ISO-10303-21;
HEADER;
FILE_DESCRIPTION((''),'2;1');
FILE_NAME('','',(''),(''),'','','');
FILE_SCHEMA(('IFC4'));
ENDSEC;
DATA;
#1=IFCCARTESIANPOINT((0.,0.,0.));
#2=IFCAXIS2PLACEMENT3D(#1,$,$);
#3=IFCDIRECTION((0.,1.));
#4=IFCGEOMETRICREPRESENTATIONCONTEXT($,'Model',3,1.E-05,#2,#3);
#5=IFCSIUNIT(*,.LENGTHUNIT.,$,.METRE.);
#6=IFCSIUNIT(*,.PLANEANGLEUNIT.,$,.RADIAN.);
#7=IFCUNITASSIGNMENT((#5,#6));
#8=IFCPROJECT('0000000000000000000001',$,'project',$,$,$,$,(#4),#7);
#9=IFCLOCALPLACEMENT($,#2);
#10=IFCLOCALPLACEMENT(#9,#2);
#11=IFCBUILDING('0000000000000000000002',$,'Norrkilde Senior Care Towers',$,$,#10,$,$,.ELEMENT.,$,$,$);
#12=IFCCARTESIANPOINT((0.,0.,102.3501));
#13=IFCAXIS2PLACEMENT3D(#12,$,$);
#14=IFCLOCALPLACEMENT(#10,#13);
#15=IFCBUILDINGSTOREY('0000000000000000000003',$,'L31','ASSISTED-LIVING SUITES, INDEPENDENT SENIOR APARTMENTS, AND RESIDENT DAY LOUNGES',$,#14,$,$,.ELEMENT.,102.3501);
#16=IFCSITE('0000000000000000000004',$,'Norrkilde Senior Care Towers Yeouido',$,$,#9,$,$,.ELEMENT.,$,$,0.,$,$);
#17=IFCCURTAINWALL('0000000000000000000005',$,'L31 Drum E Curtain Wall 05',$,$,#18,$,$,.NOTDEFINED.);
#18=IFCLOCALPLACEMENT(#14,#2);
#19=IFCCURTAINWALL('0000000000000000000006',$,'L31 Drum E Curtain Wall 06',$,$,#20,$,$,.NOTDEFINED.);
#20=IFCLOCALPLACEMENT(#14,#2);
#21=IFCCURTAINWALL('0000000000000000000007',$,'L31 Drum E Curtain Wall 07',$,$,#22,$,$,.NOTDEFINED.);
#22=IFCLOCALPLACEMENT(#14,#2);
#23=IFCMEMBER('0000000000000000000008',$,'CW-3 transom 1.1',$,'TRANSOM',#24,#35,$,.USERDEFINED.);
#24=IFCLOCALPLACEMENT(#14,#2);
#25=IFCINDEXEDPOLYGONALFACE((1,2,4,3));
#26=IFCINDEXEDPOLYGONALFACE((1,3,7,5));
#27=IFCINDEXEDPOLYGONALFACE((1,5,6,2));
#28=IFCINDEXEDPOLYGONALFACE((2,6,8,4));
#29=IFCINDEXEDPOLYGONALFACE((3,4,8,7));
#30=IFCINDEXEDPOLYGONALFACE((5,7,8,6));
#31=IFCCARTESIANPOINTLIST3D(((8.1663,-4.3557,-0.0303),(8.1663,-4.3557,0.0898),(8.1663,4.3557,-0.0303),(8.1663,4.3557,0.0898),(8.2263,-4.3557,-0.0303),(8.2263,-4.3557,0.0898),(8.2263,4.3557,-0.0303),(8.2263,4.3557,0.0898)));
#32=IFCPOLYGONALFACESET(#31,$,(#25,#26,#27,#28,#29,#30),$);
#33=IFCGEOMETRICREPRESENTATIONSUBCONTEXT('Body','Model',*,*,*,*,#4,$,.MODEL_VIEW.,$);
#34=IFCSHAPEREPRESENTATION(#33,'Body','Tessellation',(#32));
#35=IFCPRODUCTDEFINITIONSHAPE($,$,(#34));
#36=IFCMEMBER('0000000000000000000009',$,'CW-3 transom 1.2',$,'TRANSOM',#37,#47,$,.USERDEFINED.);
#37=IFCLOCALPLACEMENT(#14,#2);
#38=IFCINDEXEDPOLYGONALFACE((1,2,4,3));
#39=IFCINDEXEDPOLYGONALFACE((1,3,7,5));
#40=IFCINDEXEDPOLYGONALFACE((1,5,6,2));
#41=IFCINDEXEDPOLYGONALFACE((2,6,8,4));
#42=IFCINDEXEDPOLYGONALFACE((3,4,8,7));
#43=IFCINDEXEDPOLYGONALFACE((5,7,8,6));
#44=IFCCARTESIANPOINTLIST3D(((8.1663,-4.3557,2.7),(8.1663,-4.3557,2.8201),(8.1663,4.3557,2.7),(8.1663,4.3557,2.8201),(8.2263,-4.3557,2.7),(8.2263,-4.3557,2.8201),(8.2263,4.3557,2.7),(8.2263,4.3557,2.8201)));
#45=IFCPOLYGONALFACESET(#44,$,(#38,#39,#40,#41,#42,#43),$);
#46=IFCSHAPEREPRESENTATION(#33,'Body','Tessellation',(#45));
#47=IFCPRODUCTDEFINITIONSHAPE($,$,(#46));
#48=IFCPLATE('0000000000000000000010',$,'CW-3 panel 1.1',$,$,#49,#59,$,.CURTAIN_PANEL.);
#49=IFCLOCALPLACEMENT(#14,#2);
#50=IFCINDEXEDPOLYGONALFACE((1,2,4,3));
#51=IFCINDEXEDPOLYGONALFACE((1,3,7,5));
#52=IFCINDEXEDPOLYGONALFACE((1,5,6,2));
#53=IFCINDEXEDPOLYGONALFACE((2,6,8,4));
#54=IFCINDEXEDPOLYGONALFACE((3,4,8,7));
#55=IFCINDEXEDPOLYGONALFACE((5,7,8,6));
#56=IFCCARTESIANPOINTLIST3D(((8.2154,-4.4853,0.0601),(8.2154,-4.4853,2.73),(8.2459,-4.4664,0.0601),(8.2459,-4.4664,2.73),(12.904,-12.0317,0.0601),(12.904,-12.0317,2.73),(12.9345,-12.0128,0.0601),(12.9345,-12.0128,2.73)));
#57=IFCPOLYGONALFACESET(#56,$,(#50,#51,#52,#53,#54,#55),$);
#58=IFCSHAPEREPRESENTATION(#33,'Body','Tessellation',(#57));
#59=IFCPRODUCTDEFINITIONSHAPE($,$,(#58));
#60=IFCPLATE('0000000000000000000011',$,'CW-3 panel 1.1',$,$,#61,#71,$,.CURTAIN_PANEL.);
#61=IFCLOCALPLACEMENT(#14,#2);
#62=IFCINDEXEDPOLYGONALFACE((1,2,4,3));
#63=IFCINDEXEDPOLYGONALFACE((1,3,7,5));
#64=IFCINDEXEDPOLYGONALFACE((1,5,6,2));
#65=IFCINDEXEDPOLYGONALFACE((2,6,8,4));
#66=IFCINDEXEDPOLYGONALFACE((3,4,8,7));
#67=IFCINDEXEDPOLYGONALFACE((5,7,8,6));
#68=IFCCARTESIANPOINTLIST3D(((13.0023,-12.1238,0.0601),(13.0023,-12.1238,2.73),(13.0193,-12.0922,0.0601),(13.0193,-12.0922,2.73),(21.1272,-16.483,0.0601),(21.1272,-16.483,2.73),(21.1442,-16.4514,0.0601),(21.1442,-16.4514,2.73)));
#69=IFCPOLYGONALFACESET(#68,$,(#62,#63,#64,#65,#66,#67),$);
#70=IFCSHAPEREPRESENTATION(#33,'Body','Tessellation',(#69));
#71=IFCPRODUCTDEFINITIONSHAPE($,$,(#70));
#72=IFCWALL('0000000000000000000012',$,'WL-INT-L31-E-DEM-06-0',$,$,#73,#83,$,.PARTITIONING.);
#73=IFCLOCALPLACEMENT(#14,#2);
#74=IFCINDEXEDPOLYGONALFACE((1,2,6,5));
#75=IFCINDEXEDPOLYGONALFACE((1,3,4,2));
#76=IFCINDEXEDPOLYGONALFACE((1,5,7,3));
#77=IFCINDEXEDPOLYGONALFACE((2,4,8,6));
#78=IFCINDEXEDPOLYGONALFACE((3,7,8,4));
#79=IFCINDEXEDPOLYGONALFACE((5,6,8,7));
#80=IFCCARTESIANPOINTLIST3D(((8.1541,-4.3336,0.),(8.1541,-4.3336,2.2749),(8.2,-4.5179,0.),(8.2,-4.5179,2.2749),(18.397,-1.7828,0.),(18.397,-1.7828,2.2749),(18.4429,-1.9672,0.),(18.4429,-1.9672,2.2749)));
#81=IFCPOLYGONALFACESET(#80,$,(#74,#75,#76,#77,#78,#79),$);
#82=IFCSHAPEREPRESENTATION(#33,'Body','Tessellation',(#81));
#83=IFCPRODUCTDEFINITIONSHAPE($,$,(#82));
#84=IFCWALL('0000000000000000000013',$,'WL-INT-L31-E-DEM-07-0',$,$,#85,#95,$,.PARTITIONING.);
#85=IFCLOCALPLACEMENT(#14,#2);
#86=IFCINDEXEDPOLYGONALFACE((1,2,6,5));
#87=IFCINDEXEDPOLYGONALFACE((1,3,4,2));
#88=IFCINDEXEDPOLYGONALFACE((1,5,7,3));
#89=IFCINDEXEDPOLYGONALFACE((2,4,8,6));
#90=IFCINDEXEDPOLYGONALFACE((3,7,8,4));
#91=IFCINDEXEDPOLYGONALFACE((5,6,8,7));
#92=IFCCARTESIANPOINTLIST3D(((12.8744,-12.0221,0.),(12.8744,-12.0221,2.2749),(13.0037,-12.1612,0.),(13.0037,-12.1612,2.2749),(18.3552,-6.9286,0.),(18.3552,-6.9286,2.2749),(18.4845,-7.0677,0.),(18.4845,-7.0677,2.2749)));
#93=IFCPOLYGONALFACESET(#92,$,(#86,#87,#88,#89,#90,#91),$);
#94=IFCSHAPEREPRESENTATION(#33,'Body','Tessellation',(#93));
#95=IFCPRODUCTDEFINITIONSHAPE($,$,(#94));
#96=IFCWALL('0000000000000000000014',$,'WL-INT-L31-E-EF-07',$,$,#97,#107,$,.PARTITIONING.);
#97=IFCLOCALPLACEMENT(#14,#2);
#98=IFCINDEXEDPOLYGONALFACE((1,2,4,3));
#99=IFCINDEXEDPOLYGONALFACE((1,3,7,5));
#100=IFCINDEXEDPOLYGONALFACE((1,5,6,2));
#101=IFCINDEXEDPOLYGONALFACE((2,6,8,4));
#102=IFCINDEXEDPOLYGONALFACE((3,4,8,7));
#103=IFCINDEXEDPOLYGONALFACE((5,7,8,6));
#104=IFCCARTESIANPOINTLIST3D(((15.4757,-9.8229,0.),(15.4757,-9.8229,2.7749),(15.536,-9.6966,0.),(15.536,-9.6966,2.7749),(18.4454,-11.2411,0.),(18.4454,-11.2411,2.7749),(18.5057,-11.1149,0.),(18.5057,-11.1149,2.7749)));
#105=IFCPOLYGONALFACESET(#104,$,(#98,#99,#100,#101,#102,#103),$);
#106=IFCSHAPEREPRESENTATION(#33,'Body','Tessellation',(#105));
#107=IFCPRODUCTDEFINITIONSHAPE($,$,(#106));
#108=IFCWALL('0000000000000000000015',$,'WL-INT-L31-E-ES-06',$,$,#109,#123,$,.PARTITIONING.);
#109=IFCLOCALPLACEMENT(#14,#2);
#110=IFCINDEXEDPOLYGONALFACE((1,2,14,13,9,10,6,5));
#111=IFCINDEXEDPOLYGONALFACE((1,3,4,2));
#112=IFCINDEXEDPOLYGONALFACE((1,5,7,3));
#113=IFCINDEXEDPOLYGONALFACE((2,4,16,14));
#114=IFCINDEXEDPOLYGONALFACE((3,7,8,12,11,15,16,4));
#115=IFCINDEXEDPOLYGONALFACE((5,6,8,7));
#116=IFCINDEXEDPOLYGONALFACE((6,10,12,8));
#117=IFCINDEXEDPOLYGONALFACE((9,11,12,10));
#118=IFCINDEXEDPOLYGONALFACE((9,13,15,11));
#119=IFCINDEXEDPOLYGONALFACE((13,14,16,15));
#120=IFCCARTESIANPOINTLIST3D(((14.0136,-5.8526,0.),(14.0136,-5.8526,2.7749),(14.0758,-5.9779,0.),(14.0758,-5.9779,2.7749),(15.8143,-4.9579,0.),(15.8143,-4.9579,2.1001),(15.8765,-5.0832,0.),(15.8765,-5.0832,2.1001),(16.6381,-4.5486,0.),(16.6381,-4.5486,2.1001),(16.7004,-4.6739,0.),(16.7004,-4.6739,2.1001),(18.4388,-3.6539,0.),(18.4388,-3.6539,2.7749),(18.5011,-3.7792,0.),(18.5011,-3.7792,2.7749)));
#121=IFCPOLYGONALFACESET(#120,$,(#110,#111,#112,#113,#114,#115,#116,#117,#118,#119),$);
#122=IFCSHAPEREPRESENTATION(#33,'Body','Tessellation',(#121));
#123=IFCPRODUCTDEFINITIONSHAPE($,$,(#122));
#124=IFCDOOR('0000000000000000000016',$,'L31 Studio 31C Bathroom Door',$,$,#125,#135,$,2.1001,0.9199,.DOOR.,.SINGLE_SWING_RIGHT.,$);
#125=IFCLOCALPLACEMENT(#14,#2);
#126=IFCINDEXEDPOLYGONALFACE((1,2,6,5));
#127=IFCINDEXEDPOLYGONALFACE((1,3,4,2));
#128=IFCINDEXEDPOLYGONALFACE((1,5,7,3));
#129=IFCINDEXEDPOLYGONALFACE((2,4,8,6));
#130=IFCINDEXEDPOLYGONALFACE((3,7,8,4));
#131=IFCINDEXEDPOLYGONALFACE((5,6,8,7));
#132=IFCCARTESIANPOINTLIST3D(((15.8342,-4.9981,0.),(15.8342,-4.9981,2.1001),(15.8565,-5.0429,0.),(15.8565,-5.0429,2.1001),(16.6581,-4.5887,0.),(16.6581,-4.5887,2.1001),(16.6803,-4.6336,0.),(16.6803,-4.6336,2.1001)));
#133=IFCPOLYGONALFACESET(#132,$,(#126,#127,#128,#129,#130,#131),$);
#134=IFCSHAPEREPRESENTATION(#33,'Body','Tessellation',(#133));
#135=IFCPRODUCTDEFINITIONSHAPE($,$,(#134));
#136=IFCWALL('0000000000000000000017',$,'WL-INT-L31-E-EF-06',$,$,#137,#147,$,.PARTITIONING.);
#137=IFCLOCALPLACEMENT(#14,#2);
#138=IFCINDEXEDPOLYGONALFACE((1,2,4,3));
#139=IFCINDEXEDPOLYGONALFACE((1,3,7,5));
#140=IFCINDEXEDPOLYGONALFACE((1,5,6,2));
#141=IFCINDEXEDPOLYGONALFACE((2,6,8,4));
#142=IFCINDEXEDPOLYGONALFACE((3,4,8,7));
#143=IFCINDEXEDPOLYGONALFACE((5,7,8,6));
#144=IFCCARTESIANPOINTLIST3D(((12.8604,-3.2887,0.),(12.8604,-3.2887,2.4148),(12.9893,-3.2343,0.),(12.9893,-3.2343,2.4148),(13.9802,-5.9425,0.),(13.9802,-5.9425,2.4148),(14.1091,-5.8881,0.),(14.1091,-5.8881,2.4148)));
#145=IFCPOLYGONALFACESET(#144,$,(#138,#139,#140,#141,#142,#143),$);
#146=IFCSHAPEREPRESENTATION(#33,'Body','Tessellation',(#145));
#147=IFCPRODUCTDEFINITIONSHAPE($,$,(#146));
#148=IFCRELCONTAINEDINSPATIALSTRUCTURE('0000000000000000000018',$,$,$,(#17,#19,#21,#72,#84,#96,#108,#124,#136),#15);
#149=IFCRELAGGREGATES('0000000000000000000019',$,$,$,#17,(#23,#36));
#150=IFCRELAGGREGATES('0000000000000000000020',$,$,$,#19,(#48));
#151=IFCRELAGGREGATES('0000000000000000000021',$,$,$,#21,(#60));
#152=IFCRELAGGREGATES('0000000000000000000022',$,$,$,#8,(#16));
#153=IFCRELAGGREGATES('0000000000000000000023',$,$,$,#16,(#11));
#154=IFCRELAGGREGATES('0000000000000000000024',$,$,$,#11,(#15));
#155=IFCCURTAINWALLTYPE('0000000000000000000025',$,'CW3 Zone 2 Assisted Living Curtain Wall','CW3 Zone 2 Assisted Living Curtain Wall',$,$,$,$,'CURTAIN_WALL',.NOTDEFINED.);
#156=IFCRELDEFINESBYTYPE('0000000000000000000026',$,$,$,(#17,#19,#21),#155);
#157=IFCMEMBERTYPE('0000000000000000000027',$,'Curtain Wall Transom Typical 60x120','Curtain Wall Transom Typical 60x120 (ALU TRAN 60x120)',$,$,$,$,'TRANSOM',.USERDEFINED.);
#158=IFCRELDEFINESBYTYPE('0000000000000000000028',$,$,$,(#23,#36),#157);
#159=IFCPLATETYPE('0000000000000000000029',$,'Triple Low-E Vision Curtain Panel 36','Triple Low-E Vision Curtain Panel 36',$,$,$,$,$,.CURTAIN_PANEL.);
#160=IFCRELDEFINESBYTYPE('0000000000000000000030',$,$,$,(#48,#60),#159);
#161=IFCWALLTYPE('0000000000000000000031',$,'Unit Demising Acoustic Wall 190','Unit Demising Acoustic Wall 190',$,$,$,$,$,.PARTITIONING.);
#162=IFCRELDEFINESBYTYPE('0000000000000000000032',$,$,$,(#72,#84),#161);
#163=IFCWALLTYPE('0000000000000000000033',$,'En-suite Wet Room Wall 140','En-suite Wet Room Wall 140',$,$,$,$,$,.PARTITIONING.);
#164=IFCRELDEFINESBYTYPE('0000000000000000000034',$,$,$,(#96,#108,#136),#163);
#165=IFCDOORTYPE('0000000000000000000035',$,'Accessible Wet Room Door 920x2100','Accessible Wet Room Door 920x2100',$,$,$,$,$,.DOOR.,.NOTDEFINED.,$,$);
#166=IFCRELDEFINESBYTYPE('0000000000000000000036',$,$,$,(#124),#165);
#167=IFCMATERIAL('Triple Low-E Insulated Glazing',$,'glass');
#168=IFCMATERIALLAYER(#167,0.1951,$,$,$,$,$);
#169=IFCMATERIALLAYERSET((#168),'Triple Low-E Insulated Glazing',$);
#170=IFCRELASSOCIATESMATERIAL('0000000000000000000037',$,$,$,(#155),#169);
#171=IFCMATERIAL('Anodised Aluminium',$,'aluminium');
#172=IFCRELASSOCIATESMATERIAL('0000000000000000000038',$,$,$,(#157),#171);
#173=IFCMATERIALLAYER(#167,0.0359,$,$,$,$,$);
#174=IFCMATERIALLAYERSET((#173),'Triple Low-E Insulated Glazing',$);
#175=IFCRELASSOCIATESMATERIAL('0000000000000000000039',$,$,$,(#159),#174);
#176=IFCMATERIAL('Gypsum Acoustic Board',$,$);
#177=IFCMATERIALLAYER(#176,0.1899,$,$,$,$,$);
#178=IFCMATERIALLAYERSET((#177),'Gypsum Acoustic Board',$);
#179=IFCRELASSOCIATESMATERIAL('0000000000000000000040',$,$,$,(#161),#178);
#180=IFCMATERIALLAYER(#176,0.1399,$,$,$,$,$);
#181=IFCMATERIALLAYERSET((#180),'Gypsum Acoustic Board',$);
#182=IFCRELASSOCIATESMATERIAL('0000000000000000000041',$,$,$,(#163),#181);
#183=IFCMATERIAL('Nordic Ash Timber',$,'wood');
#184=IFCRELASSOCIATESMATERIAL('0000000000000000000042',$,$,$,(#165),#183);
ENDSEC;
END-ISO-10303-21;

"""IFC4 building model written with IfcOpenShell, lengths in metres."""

from ifc_helpers import new_model, si_unit, direction, frame, frame_2d, origin, origin_2d, place, context, subcontext, project, spatial, rectangle, extrude, source, transform, mapped, material, layer, layer_set, material_profile, profile_set, type_object, type_shapes, element, fill, aggregate, save


model = new_model("IFC4")

# Units and contexts
model_context = context("Model", 3, precision=1e-05, world=origin(), true_north=direction((0.0, 1.0)))
body_context = subcontext(model_context, "Body", "Model", "MODEL_VIEW")
ifc_project = project(units=[si_unit("LENGTHUNIT", "METRE"), si_unit("PLANEANGLEUNIT", "RADIAN")], contexts=[model_context])

# Site, building, storey
site_placement = place(None, origin())
site = spatial("IfcSite", under=ifc_project, at=site_placement, Name="Norrkilde Senior Care Towers Yeouido", CompositionType="ELEMENT", RefElevation=0.0)
building_placement = place(site_placement, origin())
building = spatial("IfcBuilding", under=site, at=building_placement, Name="Norrkilde Senior Care Towers", CompositionType="ELEMENT")
storey_placement = place(building_placement, frame((0.0, 0.0, 102.3501)))
storey = spatial("IfcBuildingStorey", under=building, at=storey_placement, Name="L31", Description="ASSISTED-LIVING SUITES, INDEPENDENT SENIOR APARTMENTS, AND RESIDENT DAY LOUNGES", CompositionType="ELEMENT", Elevation=102.3501)

# Curtain wall
ifc_material_1 = material(Name="Triple Low-E Insulated Glazing", Category="glass")
ifc_layer_1 = layer(ifc_material_1, 0.1951)
ifc_layer_set_1 = layer_set([ifc_layer_1], Name="Triple Low-E Insulated Glazing")
curtain_wall_type = type_object("IfcCurtainWallType", Name="CW3 Zone 2 Assisted Living Curtain Wall", Description="CW3 Zone 2 Assisted Living Curtain Wall", ElementType="CURTAIN_WALL", PredefinedType="NOTDEFINED", material=ifc_layer_set_1)
curtain_wall_1_placement = place(storey_placement, origin())
curtain_wall_1 = element("IfcCurtainWall", 1, at=curtain_wall_1_placement, inside=storey, type_object=curtain_wall_type, Name="L31 Drum E Curtain Wall 05", PredefinedType="NOTDEFINED")
ifc_material_2 = material(Name="Anodised Aluminium", Category="aluminium")

# Curtain wall
curtain_wall_2_placement = place(storey_placement, origin())
curtain_wall_2 = element("IfcCurtainWall", 2, at=curtain_wall_2_placement, inside=storey, type_object=curtain_wall_type, Name="L31 Drum E Curtain Wall 06", PredefinedType="NOTDEFINED")

# Curtain wall
curtain_wall_3_placement = place(storey_placement, origin())
curtain_wall_3 = element("IfcCurtainWall", 3, at=curtain_wall_3_placement, inside=storey, type_object=curtain_wall_type, Name="L31 Drum E Curtain Wall 07", PredefinedType="NOTDEFINED")

# Members
ifc_material_profile_1 = material_profile(ifc_material_2, rectangle(XDim=0.0601, YDim=0.1201, at=origin_2d()), Name="ALU TRAN 60x120")
ifc_profile_set_1 = profile_set([ifc_material_profile_1], Name="Anodised Aluminium")
member_type_1 = type_object("IfcMemberType", Name="Curtain Wall Transom Typical 60x120", Description="Curtain Wall Transom Typical 60x120 (ALU TRAN 60x120)", ElementType="TRANSOM", PredefinedType="USERDEFINED", material=ifc_profile_set_1)
shared_shape_1 = source(origin(), body_context, "Body", "SweptSolid", [
    extrude(rectangle(XDim=0.0601, YDim=0.1201, at=origin_2d()), origin(), (0.0, 0.0, 1.0), 8.7114),
])
member_1_placement = place(storey_placement, frame((8.1963, -4.3557, 0.0298), z_axis=(0.0, 1.0, 0.0), x_axis=(-1.0, 0.0, 0.0)))
member_1 = element("IfcMember", 4, at=member_1_placement, type_object=member_type_1, Name="CW-3 transom 1.1", ObjectType="TRANSOM", PredefinedType="USERDEFINED", context=body_context, shape_type="MappedRepresentation", body=[
    mapped(shared_shape_1, transform((0.0, 0.0, 0.0), x_axis=(1.0, 0.0, 0.0), y_axis=(0.0, 1.0, 0.0), z_axis=(0.0, 0.0, 1.0), scale=1.0)),
])
member_2_placement = place(storey_placement, frame((8.1963, -4.3557, 2.76), z_axis=(0.0, 1.0, 0.0), x_axis=(-1.0, 0.0, 0.0)))
member_2 = element("IfcMember", 5, at=member_2_placement, type_object=member_type_1, Name="CW-3 transom 1.2", ObjectType="TRANSOM", PredefinedType="USERDEFINED", context=body_context, shape_type="MappedRepresentation", body=[
    mapped(shared_shape_1, transform((0.0, 0.0, 0.0), x_axis=(1.0, 0.0, 0.0), y_axis=(0.0, 1.0, 0.0), z_axis=(0.0, 0.0, 1.0), scale=1.0)),
])
aggregate(curtain_wall_1, [member_1, member_2])

# Plates
ifc_layer_2 = layer(ifc_material_1, 0.0359)
ifc_layer_set_2 = layer_set([ifc_layer_2], Name="Triple Low-E Insulated Glazing")
plate_type = type_object("IfcPlateType", Name="Triple Low-E Vision Curtain Panel 36", Description="Triple Low-E Vision Curtain Panel 36", PredefinedType="CURTAIN_PANEL", material=ifc_layer_set_2)
shared_shape_2 = source(origin(), body_context, "Body", "SweptSolid", [
    extrude(rectangle(XDim=8.8843, YDim=0.0359, at=origin_2d()), origin(), (0.0, 0.0, 1.0), 2.6699),
])
plate_1_placement = place(storey_placement, frame((10.575, -8.249, 0.0601), z_axis=(0.0, 0.0, 1.0), x_axis=(-0.527733, 0.84941, 0.0)))
plate_1 = element("IfcPlate", 6, at=plate_1_placement, type_object=plate_type, Name="CW-3 panel 1.1", PredefinedType="CURTAIN_PANEL", context=body_context, shape_type="MappedRepresentation", body=[
    mapped(shared_shape_2, transform((0.0, 0.0, 0.0), x_axis=(1.0, 0.0, 0.0), y_axis=(0.0, 1.0, 0.0), z_axis=(0.0, 0.0, 1.0), scale=1.0)),
])
aggregate(curtain_wall_2, [plate_1])
shared_shape_3 = source(origin(), body_context, "Body", "SweptSolid", [
    extrude(rectangle(XDim=9.2205, YDim=0.0359, at=origin_2d()), origin(), (0.0, 0.0, 1.0), 2.6699),
])
type_shapes(plate_type, [shared_shape_2, shared_shape_3])
plate_2_placement = place(storey_placement, frame((17.0732, -14.2876, 0.0601), z_axis=(0.0, 0.0, 1.0), x_axis=(-0.881186, 0.472769, 0.0)))
plate_2 = element("IfcPlate", 7, at=plate_2_placement, type_object=plate_type, Name="CW-3 panel 1.1", PredefinedType="CURTAIN_PANEL", context=body_context, shape_type="MappedRepresentation", body=[
    mapped(shared_shape_3, transform((0.0, 0.0, 0.0), x_axis=(1.0, 0.0, 0.0), y_axis=(0.0, 1.0, 0.0), z_axis=(0.0, 0.0, 1.0), scale=1.0)),
])
aggregate(curtain_wall_3, [plate_2])

# Shared definitions
ifc_material_3 = material(Name="Gypsum Acoustic Board")
ifc_material_4 = material(Name="Nordic Ash Timber", Category="wood")

# Walls
ifc_layer_3 = layer(ifc_material_3, 0.1899)
ifc_layer_set_3 = layer_set([ifc_layer_3], Name="Gypsum Acoustic Board")
wall_type_1 = type_object("IfcWallType", Name="Unit Demising Acoustic Wall 190", Description="Unit Demising Acoustic Wall 190", PredefinedType="PARTITIONING", material=ifc_layer_set_3)
shared_shape_4 = source(origin(), body_context, "Body", "SweptSolid", [
    extrude(rectangle(XDim=10.5557, YDim=0.1899, at=frame_2d((5.2778, 0.0))), origin(), (0.0, 0.0, 1.0), 2.2749),
])
wall_1_placement = place(storey_placement, frame((18.4199, -1.875, 0.0), z_axis=(0.0, 0.0, 1.0), x_axis=(-0.970364, -0.241648, 0.0)))
element("IfcWall", 8, at=wall_1_placement, inside=storey, type_object=wall_type_1, Name="WL-INT-L31-E-DEM-06-0", PredefinedType="PARTITIONING", context=body_context, shape_type="MappedRepresentation", body=[
    mapped(shared_shape_4, transform((0.0, 0.0, 0.0), x_axis=(1.0, 0.0, 0.0), y_axis=(0.0, 1.0, 0.0), z_axis=(0.0, 0.0, 1.0), scale=1.0)),
])
shared_shape_5 = source(origin(), body_context, "Body", "SweptSolid", [
    extrude(rectangle(XDim=7.4822, YDim=0.1899, at=frame_2d((3.7412, 0.0))), origin(), (0.0, 0.0, 1.0), 2.2749),
])
type_shapes(wall_type_1, [shared_shape_4, shared_shape_5])
wall_2_placement = place(storey_placement, frame((18.4199, -6.998, 0.0), z_axis=(0.0, 0.0, 1.0), x_axis=(-0.732509, -0.680758, 0.0)))
element("IfcWall", 9, at=wall_2_placement, inside=storey, type_object=wall_type_1, Name="WL-INT-L31-E-DEM-07-0", PredefinedType="PARTITIONING", context=body_context, shape_type="MappedRepresentation", body=[
    mapped(shared_shape_5, transform((0.0, 0.0, 0.0), x_axis=(1.0, 0.0, 0.0), y_axis=(0.0, 1.0, 0.0), z_axis=(0.0, 0.0, 1.0), scale=1.0)),
])
ifc_layer_4 = layer(ifc_material_3, 0.1399)
ifc_layer_set_4 = layer_set([ifc_layer_4], Name="Gypsum Acoustic Board")
wall_type_2 = type_object("IfcWallType", Name="En-suite Wet Room Wall 140", Description="En-suite Wet Room Wall 140", PredefinedType="PARTITIONING", material=ifc_layer_set_4)
shared_shape_6 = source(origin(), body_context, "Body", "SweptSolid", [
    extrude(rectangle(XDim=3.291, YDim=0.1399, at=frame_2d((1.6455, 0.0))), origin(), (0.0, 0.0, 1.0), 2.7749),
])
wall_3_placement = place(storey_placement, frame((18.4756, -11.178, 0.0), z_axis=(0.0, 0.0, 1.0), x_axis=(-0.902381, 0.430938, 0.0)))
element("IfcWall", 10, at=wall_3_placement, inside=storey, type_object=wall_type_2, Name="WL-INT-L31-E-EF-07", PredefinedType="PARTITIONING", context=body_context, shape_type="MappedRepresentation", body=[
    mapped(shared_shape_6, transform((0.0, 0.0, 0.0), x_axis=(1.0, 0.0, 0.0), y_axis=(0.0, 1.0, 0.0), z_axis=(0.0, 0.0, 1.0), scale=1.0)),
])

# Wall, opening, door
shared_shape_7 = source(origin(), body_context, "Body", "SweptSolid", [
    extrude(rectangle(XDim=4.9414, YDim=0.1399, at=frame_2d((2.4707, 0.0))), origin(), (0.0, 0.0, 1.0), 2.7749),
])
wall_4_placement = place(storey_placement, frame((18.47, -3.7166, 0.0), z_axis=(0.0, 0.0, 1.0), x_axis=(-0.895551, -0.444959, 0.0)))
wall_4 = element("IfcWall", 11, at=wall_4_placement, inside=storey, type_object=wall_type_2, Name="WL-INT-L31-E-ES-06", PredefinedType="PARTITIONING", context=body_context, shape_type="MappedRepresentation", body=[
    mapped(shared_shape_7, transform((0.0, 0.0, 0.0), x_axis=(1.0, 0.0, 0.0), y_axis=(0.0, 1.0, 0.0), z_axis=(0.0, 0.0, 1.0), scale=1.0)),
])
opening_1_placement = place(wall_4_placement, frame((2.0107, 0.0, 0.0)))
opening_1 = element("IfcOpeningElement", 12, at=opening_1_placement, cuts=wall_4, PredefinedType="OPENING", context=body_context, shape_type="SweptSolid", body=[
    extrude(rectangle(XDim=0.9199, YDim=2.1001, at=frame_2d((0.46, 1.05))), frame((0.0, 0.0798, 0.0), z_axis=(0.0, -1.0, 0.0), x_axis=(1.0, 0.0, 0.0)), (0.0, 0.0, 1.0), 0.1599),
])
door_type_1 = type_object("IfcDoorType", Name="Accessible Wet Room Door 920x2100", Description="Accessible Wet Room Door 920x2100", OperationType="NOTDEFINED", PredefinedType="DOOR", material=ifc_material_4)
shared_shape_8 = source(origin(), body_context, "Body", "SweptSolid", [
    extrude(rectangle(XDim=0.9199, YDim=2.1001, at=frame_2d((0.46, 1.05))), frame((0.0, 0.0249, 0.0), z_axis=(0.0, -1.0, 0.0), x_axis=(1.0, 0.0, 0.0)), (0.0, 0.0, 1.0), 0.05),
])
type_shapes(door_type_1, [shared_shape_8])
door_1_placement = place(opening_1_placement, origin())
door_1 = element("IfcDoor", 13, at=door_1_placement, inside=storey, type_object=door_type_1, Name="L31 Studio 31C Bathroom Door", OperationType="SINGLE_SWING_RIGHT", OverallHeight=2.1001, OverallWidth=0.9199, PredefinedType="DOOR", context=body_context, shape_type="MappedRepresentation", body=[
    mapped(shared_shape_8, transform((0.0, 0.0, 0.0), x_axis=(1.0, 0.0, 0.0), y_axis=(0.0, 1.0, 0.0), z_axis=(0.0, 0.0, 1.0), scale=1.0)),
])
fill(opening_1, door_1)

# Wall
shared_shape_9 = source(origin(), body_context, "Body", "SweptSolid", [
    extrude(rectangle(XDim=2.8804, YDim=0.1399, at=frame_2d((1.4402, 0.0))), origin(), (0.0, 0.0, 1.0), 2.4148),
])
type_shapes(wall_type_2, [shared_shape_6, shared_shape_7, shared_shape_9])
wall_5_placement = place(storey_placement, frame((14.0447, -5.9153, 0.0), z_axis=(0.0, 0.0, 1.0), x_axis=(-0.388788, 0.921327, 0.0)))
element("IfcWall", 14, at=wall_5_placement, inside=storey, type_object=wall_type_2, Name="WL-INT-L31-E-EF-06", PredefinedType="PARTITIONING", context=body_context, shape_type="MappedRepresentation", body=[
    mapped(shared_shape_9, transform((0.0, 0.0, 0.0), x_axis=(1.0, 0.0, 0.0), y_axis=(0.0, 1.0, 0.0), z_axis=(0.0, 0.0, 1.0), scale=1.0)),
])

save(model, "model.ifc")
